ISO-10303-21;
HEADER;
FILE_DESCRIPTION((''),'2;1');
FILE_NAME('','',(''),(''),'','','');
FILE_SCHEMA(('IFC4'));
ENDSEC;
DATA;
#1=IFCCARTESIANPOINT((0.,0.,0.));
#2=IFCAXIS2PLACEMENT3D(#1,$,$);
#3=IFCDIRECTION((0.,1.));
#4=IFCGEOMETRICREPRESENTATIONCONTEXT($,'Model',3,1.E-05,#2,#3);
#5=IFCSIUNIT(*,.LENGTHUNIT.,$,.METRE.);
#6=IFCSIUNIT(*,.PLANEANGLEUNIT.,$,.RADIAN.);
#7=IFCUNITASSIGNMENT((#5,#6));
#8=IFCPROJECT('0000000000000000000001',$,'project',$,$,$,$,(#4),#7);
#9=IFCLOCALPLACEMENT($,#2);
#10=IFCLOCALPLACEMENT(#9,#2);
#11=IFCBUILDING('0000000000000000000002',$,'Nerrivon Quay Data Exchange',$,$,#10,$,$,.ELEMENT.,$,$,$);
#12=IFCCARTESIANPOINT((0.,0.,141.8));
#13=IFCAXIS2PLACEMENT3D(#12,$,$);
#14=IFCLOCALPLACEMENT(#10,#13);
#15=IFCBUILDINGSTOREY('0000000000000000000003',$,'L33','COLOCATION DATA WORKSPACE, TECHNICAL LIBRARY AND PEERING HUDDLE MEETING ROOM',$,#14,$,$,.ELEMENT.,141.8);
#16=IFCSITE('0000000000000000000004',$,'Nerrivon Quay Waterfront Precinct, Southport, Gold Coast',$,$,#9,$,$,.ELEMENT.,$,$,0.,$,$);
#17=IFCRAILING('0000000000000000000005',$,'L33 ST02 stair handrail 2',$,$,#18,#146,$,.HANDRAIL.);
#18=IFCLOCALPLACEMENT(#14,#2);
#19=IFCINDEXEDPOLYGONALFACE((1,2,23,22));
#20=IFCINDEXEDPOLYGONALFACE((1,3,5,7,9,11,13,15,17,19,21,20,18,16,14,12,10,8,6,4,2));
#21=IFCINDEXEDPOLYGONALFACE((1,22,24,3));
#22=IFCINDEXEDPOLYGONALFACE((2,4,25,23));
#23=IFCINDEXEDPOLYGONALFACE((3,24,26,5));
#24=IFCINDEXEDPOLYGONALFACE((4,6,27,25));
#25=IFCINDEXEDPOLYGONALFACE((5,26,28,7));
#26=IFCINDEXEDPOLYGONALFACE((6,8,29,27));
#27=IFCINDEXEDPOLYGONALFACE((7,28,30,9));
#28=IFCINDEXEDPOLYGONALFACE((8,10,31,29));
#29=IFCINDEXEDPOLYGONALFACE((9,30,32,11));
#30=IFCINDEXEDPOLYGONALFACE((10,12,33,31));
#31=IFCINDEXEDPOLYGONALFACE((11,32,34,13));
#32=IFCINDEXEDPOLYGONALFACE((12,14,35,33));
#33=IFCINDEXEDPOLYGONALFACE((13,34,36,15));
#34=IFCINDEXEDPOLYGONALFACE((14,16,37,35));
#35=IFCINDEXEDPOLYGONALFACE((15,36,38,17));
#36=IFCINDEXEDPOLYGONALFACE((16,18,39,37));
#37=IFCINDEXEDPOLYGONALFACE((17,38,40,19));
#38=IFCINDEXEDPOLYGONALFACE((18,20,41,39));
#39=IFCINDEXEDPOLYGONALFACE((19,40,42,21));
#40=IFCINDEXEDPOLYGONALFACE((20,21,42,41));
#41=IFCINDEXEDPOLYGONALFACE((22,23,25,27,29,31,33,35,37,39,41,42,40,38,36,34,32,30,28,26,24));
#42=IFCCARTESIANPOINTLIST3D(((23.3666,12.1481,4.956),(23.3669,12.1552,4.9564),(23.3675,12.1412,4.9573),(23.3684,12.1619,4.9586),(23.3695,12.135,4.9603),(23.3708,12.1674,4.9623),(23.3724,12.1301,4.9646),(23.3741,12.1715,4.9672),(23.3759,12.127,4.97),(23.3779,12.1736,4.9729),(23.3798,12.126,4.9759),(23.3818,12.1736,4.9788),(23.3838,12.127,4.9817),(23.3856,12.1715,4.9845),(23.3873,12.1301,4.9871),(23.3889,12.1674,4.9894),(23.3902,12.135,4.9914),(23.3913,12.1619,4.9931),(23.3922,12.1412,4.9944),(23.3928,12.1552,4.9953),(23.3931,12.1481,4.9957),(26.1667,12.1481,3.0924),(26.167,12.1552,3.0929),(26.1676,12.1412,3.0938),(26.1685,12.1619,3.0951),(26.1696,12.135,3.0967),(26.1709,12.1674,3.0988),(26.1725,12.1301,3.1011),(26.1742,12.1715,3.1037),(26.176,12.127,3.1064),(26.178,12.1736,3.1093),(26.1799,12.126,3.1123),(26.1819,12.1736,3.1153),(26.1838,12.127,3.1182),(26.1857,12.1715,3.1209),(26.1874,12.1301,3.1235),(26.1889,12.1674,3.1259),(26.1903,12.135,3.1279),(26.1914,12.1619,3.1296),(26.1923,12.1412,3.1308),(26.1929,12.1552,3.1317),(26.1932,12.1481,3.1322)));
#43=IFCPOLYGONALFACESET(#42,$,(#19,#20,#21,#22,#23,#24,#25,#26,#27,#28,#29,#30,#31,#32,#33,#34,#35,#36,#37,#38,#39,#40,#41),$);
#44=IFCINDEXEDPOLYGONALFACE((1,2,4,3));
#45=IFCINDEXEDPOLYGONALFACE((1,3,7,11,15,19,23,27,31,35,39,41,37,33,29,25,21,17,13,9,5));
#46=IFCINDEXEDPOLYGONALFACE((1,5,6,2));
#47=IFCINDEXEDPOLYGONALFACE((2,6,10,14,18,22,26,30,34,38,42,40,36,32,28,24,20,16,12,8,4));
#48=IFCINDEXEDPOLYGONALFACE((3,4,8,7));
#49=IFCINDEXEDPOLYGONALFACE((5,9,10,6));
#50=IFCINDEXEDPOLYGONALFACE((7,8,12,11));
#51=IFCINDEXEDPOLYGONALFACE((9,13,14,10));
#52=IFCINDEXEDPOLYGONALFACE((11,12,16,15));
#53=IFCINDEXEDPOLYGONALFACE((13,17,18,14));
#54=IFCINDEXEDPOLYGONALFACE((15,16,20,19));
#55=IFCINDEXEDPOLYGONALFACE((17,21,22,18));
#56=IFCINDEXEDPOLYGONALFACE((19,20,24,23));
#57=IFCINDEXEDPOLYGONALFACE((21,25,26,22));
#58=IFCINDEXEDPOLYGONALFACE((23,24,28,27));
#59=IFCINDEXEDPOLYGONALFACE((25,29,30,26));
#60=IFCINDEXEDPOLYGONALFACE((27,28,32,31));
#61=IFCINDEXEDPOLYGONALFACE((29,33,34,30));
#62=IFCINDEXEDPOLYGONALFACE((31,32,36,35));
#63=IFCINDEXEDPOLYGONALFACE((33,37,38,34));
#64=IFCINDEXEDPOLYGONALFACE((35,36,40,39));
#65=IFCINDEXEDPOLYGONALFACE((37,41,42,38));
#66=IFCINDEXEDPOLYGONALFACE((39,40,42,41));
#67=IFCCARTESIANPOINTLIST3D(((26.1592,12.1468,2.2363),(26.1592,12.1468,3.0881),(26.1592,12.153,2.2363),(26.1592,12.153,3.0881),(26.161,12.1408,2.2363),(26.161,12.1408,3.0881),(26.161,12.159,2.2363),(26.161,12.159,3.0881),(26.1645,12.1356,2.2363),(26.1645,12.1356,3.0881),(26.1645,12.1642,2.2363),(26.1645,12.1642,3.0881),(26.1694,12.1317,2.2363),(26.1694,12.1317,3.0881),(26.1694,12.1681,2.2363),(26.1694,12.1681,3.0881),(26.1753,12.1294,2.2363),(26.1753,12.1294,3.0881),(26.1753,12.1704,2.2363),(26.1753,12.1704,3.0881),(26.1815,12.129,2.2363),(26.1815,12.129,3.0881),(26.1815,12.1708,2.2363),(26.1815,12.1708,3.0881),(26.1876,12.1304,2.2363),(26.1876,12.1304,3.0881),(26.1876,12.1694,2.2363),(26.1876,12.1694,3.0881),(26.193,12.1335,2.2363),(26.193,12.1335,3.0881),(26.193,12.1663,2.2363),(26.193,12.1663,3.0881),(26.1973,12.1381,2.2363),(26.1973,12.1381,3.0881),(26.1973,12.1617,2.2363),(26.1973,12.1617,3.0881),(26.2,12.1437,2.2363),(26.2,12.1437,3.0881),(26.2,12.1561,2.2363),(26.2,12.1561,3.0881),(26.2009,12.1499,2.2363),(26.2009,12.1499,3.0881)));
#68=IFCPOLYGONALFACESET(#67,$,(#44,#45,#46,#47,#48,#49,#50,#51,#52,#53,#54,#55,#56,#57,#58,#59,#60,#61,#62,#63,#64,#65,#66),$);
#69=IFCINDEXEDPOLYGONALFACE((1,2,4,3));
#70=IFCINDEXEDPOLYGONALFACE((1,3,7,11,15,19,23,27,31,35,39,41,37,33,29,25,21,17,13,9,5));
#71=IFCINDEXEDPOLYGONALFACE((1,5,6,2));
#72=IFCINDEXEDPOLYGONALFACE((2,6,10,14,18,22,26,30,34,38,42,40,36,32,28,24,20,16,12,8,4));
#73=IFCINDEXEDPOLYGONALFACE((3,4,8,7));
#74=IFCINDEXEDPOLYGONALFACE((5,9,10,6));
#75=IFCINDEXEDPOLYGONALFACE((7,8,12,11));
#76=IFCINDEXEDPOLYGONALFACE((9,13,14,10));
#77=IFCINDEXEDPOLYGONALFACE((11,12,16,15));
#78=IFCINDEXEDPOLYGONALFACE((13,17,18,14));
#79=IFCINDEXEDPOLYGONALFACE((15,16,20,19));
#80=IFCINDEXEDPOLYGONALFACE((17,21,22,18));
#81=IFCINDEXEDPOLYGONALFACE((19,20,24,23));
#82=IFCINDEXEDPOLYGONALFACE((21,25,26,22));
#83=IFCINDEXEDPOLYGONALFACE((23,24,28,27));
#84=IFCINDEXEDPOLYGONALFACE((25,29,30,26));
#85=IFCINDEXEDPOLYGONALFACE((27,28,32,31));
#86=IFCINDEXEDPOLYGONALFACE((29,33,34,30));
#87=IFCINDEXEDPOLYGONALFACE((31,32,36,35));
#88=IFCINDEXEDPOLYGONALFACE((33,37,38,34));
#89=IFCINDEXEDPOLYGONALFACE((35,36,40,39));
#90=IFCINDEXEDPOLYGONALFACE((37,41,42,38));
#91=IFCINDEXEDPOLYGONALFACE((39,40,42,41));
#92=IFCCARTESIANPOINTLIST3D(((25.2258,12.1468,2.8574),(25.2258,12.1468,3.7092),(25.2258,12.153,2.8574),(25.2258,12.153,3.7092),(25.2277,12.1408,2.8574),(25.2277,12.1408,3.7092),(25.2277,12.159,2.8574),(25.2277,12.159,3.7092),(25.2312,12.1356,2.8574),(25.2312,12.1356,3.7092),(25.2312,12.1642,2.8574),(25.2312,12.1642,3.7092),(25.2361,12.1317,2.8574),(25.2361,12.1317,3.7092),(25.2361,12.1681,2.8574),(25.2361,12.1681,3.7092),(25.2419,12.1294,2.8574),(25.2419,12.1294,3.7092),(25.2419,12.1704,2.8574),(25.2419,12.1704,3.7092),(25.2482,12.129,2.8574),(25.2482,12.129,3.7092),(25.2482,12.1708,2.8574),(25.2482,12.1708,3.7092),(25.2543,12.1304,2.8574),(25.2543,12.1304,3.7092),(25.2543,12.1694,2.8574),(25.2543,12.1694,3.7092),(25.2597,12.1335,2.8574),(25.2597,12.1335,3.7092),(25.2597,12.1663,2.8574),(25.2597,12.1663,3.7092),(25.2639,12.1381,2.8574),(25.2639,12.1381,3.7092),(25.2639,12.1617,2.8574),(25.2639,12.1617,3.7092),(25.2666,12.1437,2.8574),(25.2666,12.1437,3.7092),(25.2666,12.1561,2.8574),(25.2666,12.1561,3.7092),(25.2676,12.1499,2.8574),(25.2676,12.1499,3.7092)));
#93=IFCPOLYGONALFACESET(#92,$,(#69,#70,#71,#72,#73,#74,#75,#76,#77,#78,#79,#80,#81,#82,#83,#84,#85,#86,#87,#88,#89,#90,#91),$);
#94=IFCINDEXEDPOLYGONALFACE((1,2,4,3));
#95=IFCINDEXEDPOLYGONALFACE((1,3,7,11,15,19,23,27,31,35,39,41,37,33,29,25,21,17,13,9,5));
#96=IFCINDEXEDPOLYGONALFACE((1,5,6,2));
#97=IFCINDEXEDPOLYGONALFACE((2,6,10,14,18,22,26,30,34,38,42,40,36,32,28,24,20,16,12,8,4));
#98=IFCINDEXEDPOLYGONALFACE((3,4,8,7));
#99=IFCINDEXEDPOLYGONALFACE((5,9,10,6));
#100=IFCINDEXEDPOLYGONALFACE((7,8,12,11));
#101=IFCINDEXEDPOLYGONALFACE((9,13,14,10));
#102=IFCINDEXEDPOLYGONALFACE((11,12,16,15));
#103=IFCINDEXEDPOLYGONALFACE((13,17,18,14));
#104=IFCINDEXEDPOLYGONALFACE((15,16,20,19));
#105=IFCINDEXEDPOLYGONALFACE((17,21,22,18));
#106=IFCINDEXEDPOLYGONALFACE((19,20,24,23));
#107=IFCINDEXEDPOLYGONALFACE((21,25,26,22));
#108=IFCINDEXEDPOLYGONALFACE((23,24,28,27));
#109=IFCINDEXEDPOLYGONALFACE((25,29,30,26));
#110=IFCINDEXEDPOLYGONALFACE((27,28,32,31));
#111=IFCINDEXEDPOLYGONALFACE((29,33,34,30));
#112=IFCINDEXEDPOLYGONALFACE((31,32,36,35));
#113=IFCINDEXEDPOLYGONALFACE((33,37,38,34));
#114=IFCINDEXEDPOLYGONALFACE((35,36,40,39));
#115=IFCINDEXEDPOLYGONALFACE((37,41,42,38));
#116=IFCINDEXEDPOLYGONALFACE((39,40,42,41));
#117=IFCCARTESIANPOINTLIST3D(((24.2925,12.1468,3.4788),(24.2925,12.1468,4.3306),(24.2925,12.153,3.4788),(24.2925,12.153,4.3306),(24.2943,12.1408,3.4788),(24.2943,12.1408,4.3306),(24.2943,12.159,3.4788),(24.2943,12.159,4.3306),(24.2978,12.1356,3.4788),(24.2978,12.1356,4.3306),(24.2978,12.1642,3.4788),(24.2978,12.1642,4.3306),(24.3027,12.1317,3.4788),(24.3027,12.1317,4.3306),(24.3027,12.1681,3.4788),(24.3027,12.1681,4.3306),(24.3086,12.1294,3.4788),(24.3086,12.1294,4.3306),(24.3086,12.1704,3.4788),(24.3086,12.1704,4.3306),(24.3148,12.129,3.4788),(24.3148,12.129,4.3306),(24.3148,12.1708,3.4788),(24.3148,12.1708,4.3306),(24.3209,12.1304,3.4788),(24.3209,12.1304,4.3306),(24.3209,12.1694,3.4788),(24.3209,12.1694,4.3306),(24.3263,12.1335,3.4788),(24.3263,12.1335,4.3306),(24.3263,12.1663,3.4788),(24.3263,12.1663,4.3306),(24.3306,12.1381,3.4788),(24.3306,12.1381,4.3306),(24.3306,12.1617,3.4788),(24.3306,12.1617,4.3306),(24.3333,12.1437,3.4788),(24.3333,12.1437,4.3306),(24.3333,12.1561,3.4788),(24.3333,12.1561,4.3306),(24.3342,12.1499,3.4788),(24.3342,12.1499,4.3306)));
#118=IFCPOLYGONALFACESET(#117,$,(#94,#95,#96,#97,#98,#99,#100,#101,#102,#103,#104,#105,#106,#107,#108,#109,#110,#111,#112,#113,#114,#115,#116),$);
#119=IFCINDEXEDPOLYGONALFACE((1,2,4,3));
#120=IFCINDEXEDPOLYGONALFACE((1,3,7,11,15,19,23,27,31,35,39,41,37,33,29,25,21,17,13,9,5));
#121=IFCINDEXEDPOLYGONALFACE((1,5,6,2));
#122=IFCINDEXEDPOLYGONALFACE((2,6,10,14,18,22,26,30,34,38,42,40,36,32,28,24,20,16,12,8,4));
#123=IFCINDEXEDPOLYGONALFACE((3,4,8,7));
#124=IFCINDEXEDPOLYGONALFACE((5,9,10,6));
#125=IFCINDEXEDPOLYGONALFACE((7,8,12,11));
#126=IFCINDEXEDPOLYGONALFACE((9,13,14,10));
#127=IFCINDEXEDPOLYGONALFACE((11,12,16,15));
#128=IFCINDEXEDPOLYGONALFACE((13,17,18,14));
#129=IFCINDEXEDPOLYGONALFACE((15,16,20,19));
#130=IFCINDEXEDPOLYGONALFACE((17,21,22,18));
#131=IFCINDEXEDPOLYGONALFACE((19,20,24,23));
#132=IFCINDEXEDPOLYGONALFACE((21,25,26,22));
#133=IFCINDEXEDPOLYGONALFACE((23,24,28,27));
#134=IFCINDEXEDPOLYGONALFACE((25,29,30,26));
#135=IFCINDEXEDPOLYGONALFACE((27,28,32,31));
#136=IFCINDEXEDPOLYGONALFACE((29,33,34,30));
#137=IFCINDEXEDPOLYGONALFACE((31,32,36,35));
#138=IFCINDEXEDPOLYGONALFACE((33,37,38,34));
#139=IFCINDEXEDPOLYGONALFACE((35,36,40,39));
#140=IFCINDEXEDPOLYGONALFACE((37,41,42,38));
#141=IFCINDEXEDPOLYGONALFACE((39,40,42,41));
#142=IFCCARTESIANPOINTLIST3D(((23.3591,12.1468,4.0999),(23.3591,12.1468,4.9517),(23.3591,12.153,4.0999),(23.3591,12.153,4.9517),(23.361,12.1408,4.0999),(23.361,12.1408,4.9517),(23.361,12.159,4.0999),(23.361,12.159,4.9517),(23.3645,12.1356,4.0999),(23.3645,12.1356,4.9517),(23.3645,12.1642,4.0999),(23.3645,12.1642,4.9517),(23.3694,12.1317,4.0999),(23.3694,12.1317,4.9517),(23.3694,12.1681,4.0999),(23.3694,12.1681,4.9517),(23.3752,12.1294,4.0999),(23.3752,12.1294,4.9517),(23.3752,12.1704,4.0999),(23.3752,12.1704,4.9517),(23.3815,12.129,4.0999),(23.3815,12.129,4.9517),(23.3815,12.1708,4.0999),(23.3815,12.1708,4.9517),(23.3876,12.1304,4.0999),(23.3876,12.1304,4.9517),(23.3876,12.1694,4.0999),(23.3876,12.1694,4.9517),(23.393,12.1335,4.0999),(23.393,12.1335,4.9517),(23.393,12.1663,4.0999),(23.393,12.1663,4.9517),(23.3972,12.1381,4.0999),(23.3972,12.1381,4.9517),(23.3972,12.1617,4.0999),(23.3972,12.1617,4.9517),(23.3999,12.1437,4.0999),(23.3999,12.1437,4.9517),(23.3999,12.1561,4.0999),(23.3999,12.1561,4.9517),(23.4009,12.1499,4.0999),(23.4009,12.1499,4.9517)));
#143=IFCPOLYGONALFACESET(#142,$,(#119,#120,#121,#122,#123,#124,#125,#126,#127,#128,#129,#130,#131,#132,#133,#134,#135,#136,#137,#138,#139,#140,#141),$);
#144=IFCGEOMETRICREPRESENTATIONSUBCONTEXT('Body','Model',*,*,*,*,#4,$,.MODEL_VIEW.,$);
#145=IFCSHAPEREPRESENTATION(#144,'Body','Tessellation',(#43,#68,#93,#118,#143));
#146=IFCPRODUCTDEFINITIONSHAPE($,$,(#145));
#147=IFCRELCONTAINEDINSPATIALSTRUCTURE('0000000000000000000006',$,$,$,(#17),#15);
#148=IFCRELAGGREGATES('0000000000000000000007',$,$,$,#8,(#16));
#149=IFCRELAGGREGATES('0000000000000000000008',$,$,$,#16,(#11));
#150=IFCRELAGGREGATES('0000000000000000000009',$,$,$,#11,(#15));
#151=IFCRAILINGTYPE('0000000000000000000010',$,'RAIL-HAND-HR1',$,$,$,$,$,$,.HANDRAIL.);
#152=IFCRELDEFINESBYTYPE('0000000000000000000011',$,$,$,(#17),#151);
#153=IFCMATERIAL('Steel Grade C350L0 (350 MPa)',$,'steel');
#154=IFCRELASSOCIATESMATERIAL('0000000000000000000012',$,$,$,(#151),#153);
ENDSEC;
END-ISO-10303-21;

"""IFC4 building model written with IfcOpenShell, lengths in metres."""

from ifc_helpers import new_model, si_unit, direction, frame, origin, origin_2d, place, context, subcontext, project, spatial, circle, extrude, material, type_object, element, save


model = new_model("IFC4")

# Units and contexts
model_context = context("Model", 3, precision=1e-05, world=origin(), true_north=direction((0.0, 1.0)))
body_context = subcontext(model_context, "Body", "Model", "MODEL_VIEW")
ifc_project = project(units=[si_unit("LENGTHUNIT", "METRE"), si_unit("PLANEANGLEUNIT", "RADIAN")], contexts=[model_context])

# Site, building, storey
site_placement = place(None, origin())
site = spatial("IfcSite", under=ifc_project, at=site_placement, Name="Nerrivon Quay Waterfront Precinct, Southport, Gold Coast", CompositionType="ELEMENT", RefElevation=0.0)
building_placement = place(site_placement, origin())
building = spatial("IfcBuilding", under=site, at=building_placement, Name="Nerrivon Quay Data Exchange", CompositionType="ELEMENT")
storey_placement = place(building_placement, frame((0.0, 0.0, 141.8)))
storey = spatial("IfcBuildingStorey", under=building, at=storey_placement, Name="L33", Description="COLOCATION DATA WORKSPACE, TECHNICAL LIBRARY AND PEERING HUDDLE MEETING ROOM", CompositionType="ELEMENT", Elevation=141.8)

# Railing
ifc_material_1 = material(Name="Steel Grade C350L0 (350 MPa)", Category="steel")
railing_type_1 = type_object("IfcRailingType", Name="RAIL-HAND-HR1", PredefinedType="HANDRAIL", material=ifc_material_1)
railing_1_placement = place(storey_placement, frame((26.1799, 12.1499, 2.2363)))
element("IfcRailing", 1, at=railing_1_placement, inside=storey, type_object=railing_type_1, Name="L33 ST02 stair handrail 2", PredefinedType="HANDRAIL", context=body_context, shape_type="SweptSolid", body=[
    extrude(circle(Radius=0.0239, at=origin_2d()), frame((0.0, 0.0, 0.876), z_axis=(-0.832486, 0.0, 0.554047), x_axis=(0.0, -1.0, 0.0)), (0.0, 0.0, 1.0), 3.3635),
    extrude(circle(Radius=0.021, at=origin_2d()), origin(), (0.0, 0.0, 1.0), 0.8518),
    extrude(circle(Radius=0.021, at=origin_2d()), frame((-0.9333, 0.0, 0.6211)), (0.0, 0.0, 1.0), 0.8518),
    extrude(circle(Radius=0.021, at=origin_2d()), frame((-1.8667, 0.0, 1.2424)), (0.0, 0.0, 1.0), 0.8518),
    extrude(circle(Radius=0.021, at=origin_2d()), frame((-2.8, 0.0, 1.8635)), (0.0, 0.0, 1.0), 0.8518),
])

save(model, "model.ifc")
